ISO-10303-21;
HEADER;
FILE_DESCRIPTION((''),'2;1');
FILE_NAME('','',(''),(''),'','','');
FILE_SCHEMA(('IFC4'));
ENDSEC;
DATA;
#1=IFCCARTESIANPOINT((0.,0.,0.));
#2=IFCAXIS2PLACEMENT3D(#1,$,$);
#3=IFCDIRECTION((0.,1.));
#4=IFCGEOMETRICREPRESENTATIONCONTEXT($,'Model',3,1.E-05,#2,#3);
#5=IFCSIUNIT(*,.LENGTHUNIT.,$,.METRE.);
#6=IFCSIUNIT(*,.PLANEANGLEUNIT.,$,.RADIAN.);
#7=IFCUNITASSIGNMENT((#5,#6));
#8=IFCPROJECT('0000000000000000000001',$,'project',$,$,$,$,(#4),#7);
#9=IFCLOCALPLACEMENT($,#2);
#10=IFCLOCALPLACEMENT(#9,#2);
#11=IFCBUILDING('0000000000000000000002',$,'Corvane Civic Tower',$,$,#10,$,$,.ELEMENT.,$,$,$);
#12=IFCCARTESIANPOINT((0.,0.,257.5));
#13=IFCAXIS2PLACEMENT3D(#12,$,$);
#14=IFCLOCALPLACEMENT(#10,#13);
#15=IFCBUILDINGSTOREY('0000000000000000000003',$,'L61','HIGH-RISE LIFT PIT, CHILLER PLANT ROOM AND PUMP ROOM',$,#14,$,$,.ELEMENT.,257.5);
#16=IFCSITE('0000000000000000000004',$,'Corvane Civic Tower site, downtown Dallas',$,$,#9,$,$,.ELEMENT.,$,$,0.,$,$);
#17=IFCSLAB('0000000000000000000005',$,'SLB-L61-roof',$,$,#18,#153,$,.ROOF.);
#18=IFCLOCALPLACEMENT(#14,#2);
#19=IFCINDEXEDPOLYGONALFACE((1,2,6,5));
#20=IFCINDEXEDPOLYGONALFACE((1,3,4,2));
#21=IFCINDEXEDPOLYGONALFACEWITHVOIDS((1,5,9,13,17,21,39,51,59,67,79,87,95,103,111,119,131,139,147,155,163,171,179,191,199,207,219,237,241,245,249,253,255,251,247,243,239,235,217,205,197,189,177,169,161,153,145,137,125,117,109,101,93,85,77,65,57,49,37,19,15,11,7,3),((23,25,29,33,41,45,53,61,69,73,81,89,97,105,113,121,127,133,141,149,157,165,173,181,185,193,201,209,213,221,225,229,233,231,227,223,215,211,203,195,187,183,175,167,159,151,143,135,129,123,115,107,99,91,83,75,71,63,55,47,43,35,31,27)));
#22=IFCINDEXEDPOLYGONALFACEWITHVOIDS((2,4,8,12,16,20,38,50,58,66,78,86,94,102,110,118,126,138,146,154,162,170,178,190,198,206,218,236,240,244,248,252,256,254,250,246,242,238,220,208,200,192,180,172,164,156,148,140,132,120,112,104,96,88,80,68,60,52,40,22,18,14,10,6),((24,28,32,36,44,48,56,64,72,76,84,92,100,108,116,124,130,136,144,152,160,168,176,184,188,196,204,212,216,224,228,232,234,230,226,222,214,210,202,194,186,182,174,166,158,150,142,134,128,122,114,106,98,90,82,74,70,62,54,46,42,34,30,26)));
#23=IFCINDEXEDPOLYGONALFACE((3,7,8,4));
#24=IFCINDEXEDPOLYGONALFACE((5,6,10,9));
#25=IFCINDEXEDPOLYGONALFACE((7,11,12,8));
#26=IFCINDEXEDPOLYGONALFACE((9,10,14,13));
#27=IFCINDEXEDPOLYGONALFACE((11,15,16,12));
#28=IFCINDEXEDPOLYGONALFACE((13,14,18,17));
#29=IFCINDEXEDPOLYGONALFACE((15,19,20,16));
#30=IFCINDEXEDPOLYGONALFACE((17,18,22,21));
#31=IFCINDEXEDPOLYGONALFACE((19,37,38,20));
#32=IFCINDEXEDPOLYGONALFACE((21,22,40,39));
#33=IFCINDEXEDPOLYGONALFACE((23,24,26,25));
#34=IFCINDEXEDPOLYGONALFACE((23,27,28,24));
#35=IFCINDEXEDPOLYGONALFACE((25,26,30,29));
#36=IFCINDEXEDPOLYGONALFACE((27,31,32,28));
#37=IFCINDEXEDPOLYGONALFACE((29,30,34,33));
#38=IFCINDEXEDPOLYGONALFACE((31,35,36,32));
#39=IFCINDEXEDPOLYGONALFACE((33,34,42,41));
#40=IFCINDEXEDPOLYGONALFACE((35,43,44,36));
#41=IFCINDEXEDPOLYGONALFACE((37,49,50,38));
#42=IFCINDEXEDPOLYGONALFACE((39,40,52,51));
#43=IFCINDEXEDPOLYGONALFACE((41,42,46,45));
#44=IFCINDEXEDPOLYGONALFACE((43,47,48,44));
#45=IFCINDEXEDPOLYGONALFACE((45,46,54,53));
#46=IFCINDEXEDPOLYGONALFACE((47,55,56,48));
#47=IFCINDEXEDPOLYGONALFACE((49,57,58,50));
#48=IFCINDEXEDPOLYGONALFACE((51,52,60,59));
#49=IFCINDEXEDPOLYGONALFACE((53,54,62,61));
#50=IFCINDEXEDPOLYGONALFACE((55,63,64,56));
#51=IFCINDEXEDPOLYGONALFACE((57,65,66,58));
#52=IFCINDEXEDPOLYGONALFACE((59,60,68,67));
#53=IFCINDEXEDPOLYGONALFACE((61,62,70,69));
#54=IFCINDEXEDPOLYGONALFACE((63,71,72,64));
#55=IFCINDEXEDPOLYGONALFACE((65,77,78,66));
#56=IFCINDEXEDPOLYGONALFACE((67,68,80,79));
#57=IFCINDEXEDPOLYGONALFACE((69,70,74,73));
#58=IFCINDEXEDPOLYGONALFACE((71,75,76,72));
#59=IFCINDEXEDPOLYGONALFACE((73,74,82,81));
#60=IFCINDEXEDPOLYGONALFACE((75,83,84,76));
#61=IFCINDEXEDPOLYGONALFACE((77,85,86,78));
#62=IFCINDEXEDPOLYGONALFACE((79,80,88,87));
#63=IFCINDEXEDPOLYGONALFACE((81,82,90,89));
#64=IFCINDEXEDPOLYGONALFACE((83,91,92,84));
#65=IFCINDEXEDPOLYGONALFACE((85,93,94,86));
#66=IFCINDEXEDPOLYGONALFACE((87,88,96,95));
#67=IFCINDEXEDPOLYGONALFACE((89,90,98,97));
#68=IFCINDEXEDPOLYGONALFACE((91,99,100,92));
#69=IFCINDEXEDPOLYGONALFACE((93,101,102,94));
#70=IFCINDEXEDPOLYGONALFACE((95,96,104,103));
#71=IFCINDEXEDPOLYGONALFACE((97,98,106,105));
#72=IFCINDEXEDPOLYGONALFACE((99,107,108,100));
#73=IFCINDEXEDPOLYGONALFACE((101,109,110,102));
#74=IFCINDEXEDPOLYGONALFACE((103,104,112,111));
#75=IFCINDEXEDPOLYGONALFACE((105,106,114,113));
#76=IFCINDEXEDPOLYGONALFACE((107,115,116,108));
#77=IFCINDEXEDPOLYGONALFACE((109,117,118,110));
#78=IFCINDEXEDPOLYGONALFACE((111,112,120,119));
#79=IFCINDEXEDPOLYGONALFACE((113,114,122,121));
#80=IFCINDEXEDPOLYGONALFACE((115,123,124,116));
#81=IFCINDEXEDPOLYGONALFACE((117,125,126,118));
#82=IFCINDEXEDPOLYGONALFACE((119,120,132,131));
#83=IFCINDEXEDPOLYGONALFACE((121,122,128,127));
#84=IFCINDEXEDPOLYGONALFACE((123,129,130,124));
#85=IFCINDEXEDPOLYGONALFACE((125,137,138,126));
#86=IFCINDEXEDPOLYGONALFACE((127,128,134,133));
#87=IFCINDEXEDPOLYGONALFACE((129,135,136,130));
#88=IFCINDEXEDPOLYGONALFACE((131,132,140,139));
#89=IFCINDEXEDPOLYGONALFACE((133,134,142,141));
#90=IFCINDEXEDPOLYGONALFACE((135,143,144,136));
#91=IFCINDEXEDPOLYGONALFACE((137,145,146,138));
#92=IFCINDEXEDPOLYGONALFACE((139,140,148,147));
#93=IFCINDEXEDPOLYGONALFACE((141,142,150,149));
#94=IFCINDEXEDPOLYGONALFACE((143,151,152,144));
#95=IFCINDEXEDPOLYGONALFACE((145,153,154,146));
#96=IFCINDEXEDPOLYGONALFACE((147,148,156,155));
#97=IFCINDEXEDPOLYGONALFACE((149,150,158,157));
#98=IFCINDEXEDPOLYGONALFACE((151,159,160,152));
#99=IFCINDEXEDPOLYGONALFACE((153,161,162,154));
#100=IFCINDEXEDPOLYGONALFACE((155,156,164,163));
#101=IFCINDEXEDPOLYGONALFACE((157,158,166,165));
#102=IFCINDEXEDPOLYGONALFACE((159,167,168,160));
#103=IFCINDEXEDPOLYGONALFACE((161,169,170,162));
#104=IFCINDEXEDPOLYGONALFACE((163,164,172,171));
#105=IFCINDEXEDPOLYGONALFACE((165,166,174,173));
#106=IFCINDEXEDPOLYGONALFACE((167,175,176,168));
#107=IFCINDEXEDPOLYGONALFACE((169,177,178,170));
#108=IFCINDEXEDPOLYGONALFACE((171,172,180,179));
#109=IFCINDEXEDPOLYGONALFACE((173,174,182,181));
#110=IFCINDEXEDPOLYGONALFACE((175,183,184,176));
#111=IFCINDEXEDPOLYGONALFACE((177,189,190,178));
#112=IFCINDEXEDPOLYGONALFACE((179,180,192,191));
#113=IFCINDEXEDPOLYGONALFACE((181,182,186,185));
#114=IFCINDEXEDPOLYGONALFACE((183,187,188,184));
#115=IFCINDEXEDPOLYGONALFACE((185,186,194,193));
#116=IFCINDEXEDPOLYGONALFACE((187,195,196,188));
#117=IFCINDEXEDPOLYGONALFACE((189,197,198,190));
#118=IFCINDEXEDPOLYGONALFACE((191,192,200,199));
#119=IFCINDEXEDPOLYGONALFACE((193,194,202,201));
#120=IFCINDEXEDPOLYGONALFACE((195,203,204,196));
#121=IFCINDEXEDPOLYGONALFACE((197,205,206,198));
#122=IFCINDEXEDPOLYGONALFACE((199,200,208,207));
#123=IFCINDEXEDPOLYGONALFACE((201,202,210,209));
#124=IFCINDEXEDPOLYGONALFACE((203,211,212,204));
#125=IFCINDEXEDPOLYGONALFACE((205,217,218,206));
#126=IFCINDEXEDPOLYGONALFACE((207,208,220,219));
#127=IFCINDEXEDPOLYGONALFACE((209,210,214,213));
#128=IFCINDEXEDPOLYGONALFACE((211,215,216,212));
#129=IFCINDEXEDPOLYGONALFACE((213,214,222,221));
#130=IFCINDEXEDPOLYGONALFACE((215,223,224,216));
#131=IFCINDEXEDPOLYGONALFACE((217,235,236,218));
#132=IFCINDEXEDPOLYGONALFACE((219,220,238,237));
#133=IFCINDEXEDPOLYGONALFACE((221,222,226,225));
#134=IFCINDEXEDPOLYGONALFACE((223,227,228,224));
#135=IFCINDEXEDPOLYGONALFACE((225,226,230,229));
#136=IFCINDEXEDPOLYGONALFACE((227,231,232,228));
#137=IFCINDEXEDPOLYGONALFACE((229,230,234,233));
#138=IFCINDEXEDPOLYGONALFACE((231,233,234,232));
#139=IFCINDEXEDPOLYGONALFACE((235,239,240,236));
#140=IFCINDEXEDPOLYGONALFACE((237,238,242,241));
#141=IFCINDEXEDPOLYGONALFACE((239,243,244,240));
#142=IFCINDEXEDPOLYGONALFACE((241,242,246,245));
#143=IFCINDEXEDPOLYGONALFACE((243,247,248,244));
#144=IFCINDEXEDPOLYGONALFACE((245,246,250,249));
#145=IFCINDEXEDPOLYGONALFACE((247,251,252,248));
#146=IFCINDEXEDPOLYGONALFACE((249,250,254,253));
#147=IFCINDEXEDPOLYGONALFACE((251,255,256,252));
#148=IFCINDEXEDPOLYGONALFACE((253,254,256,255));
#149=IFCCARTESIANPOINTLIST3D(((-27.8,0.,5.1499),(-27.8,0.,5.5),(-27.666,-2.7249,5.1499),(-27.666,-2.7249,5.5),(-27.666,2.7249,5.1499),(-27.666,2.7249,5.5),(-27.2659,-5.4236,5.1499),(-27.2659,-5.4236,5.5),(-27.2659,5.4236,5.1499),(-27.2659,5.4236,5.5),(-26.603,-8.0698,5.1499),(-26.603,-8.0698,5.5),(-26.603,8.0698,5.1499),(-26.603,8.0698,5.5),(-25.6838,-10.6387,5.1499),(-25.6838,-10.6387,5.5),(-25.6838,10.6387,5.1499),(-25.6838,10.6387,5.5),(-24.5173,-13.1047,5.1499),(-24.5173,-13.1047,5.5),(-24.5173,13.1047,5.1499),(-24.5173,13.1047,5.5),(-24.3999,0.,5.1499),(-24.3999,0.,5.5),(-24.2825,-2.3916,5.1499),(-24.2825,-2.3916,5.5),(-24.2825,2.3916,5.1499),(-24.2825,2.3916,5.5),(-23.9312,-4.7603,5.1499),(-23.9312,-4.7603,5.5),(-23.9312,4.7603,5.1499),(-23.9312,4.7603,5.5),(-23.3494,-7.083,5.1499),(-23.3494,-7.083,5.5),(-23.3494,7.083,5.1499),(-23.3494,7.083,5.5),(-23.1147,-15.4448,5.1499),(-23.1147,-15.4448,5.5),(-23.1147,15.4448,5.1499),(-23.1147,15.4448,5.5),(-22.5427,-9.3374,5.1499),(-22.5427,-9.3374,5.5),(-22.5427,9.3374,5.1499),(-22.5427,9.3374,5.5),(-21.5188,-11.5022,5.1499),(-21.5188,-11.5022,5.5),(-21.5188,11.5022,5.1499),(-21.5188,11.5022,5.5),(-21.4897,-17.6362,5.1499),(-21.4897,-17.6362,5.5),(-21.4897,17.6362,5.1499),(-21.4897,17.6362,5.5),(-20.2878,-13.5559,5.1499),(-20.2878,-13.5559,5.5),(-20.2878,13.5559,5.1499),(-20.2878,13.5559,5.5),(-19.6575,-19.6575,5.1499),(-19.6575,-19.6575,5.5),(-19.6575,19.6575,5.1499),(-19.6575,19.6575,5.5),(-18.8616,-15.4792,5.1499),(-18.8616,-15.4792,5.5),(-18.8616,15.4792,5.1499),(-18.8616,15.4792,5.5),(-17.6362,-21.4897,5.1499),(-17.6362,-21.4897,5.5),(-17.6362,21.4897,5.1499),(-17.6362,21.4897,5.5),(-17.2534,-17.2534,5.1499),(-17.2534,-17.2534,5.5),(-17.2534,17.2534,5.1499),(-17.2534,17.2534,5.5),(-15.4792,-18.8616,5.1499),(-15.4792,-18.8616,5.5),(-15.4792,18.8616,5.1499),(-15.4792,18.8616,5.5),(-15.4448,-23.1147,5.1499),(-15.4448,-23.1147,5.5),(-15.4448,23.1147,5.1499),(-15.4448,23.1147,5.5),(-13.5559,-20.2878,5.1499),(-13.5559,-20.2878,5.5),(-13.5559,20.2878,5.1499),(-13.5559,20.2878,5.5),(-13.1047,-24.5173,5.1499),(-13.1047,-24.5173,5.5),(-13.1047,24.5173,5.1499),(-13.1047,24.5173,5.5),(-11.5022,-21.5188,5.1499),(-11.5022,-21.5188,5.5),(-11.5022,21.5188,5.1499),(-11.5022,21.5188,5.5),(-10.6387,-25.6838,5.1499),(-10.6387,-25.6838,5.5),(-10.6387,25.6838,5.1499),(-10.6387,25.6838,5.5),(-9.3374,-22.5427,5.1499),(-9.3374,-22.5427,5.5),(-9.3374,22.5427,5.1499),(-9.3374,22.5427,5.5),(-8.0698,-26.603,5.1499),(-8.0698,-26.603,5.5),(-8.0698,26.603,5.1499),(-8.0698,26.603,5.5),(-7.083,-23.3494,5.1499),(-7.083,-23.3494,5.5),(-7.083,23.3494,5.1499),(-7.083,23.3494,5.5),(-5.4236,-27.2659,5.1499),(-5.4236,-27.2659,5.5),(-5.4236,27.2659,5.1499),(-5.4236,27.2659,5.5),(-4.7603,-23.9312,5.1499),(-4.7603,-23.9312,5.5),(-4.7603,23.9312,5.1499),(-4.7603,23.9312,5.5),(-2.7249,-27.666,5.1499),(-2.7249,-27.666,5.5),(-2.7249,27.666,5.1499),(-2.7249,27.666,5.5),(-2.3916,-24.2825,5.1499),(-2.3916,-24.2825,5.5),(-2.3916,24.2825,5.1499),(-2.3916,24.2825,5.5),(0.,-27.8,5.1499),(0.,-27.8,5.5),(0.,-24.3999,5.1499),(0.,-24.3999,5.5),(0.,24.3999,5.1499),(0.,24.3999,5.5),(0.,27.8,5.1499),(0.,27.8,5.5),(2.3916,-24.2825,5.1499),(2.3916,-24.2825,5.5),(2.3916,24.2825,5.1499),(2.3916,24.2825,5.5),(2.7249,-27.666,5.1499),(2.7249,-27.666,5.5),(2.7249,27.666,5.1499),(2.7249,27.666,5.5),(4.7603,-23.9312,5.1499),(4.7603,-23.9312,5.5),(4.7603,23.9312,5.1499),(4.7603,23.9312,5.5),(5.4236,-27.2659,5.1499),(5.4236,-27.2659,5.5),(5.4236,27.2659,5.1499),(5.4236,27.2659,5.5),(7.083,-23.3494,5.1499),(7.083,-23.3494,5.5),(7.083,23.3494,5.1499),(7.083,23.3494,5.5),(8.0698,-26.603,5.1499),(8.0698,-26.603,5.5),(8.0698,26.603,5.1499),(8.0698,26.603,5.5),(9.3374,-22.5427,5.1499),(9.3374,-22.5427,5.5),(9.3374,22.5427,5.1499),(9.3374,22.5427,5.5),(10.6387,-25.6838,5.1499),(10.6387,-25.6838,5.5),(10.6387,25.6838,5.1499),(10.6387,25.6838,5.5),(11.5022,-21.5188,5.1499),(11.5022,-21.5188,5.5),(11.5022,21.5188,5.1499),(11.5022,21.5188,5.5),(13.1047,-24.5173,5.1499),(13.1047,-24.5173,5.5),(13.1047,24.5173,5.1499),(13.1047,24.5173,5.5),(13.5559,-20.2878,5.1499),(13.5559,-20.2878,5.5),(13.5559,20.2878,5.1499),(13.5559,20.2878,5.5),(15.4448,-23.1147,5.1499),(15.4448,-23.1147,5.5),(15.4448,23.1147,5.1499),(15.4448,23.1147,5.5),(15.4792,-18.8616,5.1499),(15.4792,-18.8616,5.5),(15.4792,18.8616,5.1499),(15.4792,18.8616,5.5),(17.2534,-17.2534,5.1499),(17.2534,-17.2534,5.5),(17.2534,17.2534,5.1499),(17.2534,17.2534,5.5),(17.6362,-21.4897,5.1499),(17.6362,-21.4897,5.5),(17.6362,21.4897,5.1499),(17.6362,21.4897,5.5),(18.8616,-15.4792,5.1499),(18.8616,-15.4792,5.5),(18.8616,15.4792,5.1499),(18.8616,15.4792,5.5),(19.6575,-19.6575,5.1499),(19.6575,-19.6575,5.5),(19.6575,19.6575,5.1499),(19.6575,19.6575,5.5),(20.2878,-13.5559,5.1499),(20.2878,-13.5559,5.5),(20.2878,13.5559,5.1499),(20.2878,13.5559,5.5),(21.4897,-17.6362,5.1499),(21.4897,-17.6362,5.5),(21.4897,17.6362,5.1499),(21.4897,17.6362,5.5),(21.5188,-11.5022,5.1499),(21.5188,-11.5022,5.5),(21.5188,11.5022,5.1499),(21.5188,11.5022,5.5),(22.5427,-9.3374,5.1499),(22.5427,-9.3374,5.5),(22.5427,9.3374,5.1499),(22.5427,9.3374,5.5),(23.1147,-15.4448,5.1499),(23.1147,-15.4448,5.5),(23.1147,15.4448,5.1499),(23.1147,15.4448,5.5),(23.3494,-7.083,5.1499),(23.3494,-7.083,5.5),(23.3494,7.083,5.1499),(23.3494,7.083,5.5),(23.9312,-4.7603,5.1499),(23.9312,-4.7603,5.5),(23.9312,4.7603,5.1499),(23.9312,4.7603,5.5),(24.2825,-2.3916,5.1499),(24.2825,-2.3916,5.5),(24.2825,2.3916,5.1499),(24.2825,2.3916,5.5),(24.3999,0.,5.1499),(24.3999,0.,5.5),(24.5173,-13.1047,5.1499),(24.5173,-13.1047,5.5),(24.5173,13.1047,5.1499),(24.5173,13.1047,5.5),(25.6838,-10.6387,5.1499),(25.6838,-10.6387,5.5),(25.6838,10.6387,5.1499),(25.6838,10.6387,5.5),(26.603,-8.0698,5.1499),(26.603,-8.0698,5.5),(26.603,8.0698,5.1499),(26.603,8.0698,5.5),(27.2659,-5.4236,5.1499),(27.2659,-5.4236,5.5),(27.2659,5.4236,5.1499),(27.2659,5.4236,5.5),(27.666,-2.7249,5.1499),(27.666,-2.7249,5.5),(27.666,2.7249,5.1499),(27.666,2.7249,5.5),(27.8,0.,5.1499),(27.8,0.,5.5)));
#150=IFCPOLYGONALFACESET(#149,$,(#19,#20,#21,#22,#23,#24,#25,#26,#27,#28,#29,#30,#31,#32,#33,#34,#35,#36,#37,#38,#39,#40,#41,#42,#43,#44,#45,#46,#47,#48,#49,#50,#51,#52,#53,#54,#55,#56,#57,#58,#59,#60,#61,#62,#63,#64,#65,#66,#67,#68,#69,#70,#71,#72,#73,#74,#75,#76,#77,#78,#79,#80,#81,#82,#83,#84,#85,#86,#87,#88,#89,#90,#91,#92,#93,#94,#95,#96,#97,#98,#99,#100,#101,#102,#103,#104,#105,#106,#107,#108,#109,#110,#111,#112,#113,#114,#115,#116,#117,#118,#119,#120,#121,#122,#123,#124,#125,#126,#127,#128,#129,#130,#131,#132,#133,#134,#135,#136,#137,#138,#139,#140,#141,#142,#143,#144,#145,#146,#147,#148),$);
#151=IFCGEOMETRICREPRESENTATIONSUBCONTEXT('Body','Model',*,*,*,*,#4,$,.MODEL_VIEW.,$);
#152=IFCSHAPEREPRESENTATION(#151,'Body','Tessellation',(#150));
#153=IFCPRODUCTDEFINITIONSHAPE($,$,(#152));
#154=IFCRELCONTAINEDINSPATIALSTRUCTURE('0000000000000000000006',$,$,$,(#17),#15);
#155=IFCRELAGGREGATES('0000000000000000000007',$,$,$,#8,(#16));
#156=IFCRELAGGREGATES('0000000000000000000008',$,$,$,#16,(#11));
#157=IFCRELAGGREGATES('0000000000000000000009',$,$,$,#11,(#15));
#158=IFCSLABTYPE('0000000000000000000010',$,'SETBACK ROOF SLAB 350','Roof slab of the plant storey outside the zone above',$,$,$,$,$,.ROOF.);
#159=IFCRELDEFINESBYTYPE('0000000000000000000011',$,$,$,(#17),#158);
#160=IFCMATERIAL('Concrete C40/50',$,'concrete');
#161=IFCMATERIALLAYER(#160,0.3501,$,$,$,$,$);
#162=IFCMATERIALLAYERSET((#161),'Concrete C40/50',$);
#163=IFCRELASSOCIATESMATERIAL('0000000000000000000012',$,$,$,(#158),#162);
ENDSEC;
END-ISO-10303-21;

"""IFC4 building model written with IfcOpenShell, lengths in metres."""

from ifc_helpers import new_model, si_unit, direction, frame, origin, place, context, subcontext, project, spatial, polyline, outline, extrude, material, layer, layer_set, type_object, element, save


model = new_model("IFC4")

# Units and contexts
model_context = context("Model", 3, precision=1e-05, world=origin(), true_north=direction((0.0, 1.0)))
body_context = subcontext(model_context, "Body", "Model", "MODEL_VIEW")
ifc_project = project(units=[si_unit("LENGTHUNIT", "METRE"), si_unit("PLANEANGLEUNIT", "RADIAN")], contexts=[model_context])

# Site, building, storey
site_placement = place(None, origin())
site = spatial("IfcSite", under=ifc_project, at=site_placement, Name="Corvane Civic Tower site, downtown Dallas", CompositionType="ELEMENT", RefElevation=0.0)
building_placement = place(site_placement, origin())
building = spatial("IfcBuilding", under=site, at=building_placement, Name="Corvane Civic Tower", CompositionType="ELEMENT")
storey_placement = place(building_placement, frame((0.0, 0.0, 257.5)))
storey = spatial("IfcBuildingStorey", under=building, at=storey_placement, Name="L61", Description="HIGH-RISE LIFT PIT, CHILLER PLANT ROOM AND PUMP ROOM", CompositionType="ELEMENT", Elevation=257.5)

# Slab
ifc_material_1 = material(Name="Concrete C40/50", Category="concrete")
ifc_layer_1 = layer(ifc_material_1, 0.3501)
ifc_layer_set_1 = layer_set([ifc_layer_1], Name="Concrete C40/50")
slab_type_1 = type_object("IfcSlabType", Name="SETBACK ROOF SLAB 350", Description="Roof slab of the plant storey outside the zone above", PredefinedType="ROOF", material=ifc_layer_set_1)
slab_1_placement = place(storey_placement, frame((0.0, 0.0, 5.1499)))
element("IfcSlab", 1, at=slab_1_placement, inside=storey, type_object=slab_type_1, Name="SLB-L61-roof", PredefinedType="ROOF", context=body_context, shape_type="SweptSolid", body=[
    extrude(outline(polyline([(0.0, 27.8), (-2.7249, 27.666), (-5.4236, 27.2659), (-8.0698, 26.603), (-10.6387, 25.6838), (-13.1047, 24.5173), (-15.4448, 23.1147), (-17.6362, 21.4897), (-19.6575, 19.6575), (-21.4897, 17.6362), (-23.1147, 15.4448), (-24.5173, 13.1047), (-25.6838, 10.6387), (-26.603, 8.0698), (-27.2659, 5.4236), (-27.666, 2.7249), (-27.8, 0.0), (-27.666, -2.7249), (-27.2659, -5.4236), (-26.603, -8.0698), (-25.6838, -10.6387), (-24.5173, -13.1047), (-23.1147, -15.4448), (-21.4897, -17.6362), (-19.6575, -19.6575), (-17.6362, -21.4897), (-15.4448, -23.1147), (-13.1047, -24.5173), (-10.6387, -25.6838), (-8.0698, -26.603), (-5.4236, -27.2659), (-2.7249, -27.666), (0.0, -27.8), (2.7249, -27.666), (5.4236, -27.2659), (8.0698, -26.603), (10.6387, -25.6838), (13.1047, -24.5173), (15.4448, -23.1147), (17.6362, -21.4897), (19.6575, -19.6575), (21.4897, -17.6362), (23.1147, -15.4448), (24.5173, -13.1047), (25.6838, -10.6387), (26.603, -8.0698), (27.2659, -5.4236), (27.666, -2.7249), (27.8, 0.0), (27.666, 2.7249), (27.2659, 5.4236), (26.603, 8.0698), (25.6838, 10.6387), (24.5173, 13.1047), (23.1147, 15.4448), (21.4897, 17.6362), (19.6575, 19.6575), (17.6362, 21.4897), (15.4448, 23.1147), (13.1047, 24.5173), (10.6387, 25.6838), (8.0698, 26.603), (5.4236, 27.2659), (2.7249, 27.666), (0.0, 27.8)]), holes=[polyline([(0.0, 24.3999), (-2.3916, 24.2825), (-4.7603, 23.9312), (-7.083, 23.3494), (-9.3374, 22.5427), (-11.5022, 21.5188), (-13.5559, 20.2878), (-15.4792, 18.8616), (-17.2534, 17.2534), (-18.8616, 15.4792), (-20.2878, 13.5559), (-21.5188, 11.5022), (-22.5427, 9.3374), (-23.3494, 7.083), (-23.9312, 4.7603), (-24.2825, 2.3916), (-24.3999, 0.0), (-24.2825, -2.3916), (-23.9312, -4.7603), (-23.3494, -7.083), (-22.5427, -9.3374), (-21.5188, -11.5022), (-20.2878, -13.5559), (-18.8616, -15.4792), (-17.2534, -17.2534), (-15.4792, -18.8616), (-13.5559, -20.2878), (-11.5022, -21.5188), (-9.3374, -22.5427), (-7.083, -23.3494), (-4.7603, -23.9312), (-2.3916, -24.2825), (0.0, -24.3999), (2.3916, -24.2825), (4.7603, -23.9312), (7.083, -23.3494), (9.3374, -22.5427), (11.5022, -21.5188), (13.5559, -20.2878), (15.4792, -18.8616), (17.2534, -17.2534), (18.8616, -15.4792), (20.2878, -13.5559), (21.5188, -11.5022), (22.5427, -9.3374), (23.3494, -7.083), (23.9312, -4.7603), (24.2825, -2.3916), (24.3999, 0.0), (24.2825, 2.3916), (23.9312, 4.7603), (23.3494, 7.083), (22.5427, 9.3374), (21.5188, 11.5022), (20.2878, 13.5559), (18.8616, 15.4792), (17.2534, 17.2534), (15.4792, 18.8616), (13.5559, 20.2878), (11.5022, 21.5188), (9.3374, 22.5427), (7.083, 23.3494), (4.7603, 23.9312), (2.3916, 24.2825), (0.0, 24.3999)])]), origin(), (0.0, 0.0, 1.0), 0.3501),
])

save(model, "model.ifc")
